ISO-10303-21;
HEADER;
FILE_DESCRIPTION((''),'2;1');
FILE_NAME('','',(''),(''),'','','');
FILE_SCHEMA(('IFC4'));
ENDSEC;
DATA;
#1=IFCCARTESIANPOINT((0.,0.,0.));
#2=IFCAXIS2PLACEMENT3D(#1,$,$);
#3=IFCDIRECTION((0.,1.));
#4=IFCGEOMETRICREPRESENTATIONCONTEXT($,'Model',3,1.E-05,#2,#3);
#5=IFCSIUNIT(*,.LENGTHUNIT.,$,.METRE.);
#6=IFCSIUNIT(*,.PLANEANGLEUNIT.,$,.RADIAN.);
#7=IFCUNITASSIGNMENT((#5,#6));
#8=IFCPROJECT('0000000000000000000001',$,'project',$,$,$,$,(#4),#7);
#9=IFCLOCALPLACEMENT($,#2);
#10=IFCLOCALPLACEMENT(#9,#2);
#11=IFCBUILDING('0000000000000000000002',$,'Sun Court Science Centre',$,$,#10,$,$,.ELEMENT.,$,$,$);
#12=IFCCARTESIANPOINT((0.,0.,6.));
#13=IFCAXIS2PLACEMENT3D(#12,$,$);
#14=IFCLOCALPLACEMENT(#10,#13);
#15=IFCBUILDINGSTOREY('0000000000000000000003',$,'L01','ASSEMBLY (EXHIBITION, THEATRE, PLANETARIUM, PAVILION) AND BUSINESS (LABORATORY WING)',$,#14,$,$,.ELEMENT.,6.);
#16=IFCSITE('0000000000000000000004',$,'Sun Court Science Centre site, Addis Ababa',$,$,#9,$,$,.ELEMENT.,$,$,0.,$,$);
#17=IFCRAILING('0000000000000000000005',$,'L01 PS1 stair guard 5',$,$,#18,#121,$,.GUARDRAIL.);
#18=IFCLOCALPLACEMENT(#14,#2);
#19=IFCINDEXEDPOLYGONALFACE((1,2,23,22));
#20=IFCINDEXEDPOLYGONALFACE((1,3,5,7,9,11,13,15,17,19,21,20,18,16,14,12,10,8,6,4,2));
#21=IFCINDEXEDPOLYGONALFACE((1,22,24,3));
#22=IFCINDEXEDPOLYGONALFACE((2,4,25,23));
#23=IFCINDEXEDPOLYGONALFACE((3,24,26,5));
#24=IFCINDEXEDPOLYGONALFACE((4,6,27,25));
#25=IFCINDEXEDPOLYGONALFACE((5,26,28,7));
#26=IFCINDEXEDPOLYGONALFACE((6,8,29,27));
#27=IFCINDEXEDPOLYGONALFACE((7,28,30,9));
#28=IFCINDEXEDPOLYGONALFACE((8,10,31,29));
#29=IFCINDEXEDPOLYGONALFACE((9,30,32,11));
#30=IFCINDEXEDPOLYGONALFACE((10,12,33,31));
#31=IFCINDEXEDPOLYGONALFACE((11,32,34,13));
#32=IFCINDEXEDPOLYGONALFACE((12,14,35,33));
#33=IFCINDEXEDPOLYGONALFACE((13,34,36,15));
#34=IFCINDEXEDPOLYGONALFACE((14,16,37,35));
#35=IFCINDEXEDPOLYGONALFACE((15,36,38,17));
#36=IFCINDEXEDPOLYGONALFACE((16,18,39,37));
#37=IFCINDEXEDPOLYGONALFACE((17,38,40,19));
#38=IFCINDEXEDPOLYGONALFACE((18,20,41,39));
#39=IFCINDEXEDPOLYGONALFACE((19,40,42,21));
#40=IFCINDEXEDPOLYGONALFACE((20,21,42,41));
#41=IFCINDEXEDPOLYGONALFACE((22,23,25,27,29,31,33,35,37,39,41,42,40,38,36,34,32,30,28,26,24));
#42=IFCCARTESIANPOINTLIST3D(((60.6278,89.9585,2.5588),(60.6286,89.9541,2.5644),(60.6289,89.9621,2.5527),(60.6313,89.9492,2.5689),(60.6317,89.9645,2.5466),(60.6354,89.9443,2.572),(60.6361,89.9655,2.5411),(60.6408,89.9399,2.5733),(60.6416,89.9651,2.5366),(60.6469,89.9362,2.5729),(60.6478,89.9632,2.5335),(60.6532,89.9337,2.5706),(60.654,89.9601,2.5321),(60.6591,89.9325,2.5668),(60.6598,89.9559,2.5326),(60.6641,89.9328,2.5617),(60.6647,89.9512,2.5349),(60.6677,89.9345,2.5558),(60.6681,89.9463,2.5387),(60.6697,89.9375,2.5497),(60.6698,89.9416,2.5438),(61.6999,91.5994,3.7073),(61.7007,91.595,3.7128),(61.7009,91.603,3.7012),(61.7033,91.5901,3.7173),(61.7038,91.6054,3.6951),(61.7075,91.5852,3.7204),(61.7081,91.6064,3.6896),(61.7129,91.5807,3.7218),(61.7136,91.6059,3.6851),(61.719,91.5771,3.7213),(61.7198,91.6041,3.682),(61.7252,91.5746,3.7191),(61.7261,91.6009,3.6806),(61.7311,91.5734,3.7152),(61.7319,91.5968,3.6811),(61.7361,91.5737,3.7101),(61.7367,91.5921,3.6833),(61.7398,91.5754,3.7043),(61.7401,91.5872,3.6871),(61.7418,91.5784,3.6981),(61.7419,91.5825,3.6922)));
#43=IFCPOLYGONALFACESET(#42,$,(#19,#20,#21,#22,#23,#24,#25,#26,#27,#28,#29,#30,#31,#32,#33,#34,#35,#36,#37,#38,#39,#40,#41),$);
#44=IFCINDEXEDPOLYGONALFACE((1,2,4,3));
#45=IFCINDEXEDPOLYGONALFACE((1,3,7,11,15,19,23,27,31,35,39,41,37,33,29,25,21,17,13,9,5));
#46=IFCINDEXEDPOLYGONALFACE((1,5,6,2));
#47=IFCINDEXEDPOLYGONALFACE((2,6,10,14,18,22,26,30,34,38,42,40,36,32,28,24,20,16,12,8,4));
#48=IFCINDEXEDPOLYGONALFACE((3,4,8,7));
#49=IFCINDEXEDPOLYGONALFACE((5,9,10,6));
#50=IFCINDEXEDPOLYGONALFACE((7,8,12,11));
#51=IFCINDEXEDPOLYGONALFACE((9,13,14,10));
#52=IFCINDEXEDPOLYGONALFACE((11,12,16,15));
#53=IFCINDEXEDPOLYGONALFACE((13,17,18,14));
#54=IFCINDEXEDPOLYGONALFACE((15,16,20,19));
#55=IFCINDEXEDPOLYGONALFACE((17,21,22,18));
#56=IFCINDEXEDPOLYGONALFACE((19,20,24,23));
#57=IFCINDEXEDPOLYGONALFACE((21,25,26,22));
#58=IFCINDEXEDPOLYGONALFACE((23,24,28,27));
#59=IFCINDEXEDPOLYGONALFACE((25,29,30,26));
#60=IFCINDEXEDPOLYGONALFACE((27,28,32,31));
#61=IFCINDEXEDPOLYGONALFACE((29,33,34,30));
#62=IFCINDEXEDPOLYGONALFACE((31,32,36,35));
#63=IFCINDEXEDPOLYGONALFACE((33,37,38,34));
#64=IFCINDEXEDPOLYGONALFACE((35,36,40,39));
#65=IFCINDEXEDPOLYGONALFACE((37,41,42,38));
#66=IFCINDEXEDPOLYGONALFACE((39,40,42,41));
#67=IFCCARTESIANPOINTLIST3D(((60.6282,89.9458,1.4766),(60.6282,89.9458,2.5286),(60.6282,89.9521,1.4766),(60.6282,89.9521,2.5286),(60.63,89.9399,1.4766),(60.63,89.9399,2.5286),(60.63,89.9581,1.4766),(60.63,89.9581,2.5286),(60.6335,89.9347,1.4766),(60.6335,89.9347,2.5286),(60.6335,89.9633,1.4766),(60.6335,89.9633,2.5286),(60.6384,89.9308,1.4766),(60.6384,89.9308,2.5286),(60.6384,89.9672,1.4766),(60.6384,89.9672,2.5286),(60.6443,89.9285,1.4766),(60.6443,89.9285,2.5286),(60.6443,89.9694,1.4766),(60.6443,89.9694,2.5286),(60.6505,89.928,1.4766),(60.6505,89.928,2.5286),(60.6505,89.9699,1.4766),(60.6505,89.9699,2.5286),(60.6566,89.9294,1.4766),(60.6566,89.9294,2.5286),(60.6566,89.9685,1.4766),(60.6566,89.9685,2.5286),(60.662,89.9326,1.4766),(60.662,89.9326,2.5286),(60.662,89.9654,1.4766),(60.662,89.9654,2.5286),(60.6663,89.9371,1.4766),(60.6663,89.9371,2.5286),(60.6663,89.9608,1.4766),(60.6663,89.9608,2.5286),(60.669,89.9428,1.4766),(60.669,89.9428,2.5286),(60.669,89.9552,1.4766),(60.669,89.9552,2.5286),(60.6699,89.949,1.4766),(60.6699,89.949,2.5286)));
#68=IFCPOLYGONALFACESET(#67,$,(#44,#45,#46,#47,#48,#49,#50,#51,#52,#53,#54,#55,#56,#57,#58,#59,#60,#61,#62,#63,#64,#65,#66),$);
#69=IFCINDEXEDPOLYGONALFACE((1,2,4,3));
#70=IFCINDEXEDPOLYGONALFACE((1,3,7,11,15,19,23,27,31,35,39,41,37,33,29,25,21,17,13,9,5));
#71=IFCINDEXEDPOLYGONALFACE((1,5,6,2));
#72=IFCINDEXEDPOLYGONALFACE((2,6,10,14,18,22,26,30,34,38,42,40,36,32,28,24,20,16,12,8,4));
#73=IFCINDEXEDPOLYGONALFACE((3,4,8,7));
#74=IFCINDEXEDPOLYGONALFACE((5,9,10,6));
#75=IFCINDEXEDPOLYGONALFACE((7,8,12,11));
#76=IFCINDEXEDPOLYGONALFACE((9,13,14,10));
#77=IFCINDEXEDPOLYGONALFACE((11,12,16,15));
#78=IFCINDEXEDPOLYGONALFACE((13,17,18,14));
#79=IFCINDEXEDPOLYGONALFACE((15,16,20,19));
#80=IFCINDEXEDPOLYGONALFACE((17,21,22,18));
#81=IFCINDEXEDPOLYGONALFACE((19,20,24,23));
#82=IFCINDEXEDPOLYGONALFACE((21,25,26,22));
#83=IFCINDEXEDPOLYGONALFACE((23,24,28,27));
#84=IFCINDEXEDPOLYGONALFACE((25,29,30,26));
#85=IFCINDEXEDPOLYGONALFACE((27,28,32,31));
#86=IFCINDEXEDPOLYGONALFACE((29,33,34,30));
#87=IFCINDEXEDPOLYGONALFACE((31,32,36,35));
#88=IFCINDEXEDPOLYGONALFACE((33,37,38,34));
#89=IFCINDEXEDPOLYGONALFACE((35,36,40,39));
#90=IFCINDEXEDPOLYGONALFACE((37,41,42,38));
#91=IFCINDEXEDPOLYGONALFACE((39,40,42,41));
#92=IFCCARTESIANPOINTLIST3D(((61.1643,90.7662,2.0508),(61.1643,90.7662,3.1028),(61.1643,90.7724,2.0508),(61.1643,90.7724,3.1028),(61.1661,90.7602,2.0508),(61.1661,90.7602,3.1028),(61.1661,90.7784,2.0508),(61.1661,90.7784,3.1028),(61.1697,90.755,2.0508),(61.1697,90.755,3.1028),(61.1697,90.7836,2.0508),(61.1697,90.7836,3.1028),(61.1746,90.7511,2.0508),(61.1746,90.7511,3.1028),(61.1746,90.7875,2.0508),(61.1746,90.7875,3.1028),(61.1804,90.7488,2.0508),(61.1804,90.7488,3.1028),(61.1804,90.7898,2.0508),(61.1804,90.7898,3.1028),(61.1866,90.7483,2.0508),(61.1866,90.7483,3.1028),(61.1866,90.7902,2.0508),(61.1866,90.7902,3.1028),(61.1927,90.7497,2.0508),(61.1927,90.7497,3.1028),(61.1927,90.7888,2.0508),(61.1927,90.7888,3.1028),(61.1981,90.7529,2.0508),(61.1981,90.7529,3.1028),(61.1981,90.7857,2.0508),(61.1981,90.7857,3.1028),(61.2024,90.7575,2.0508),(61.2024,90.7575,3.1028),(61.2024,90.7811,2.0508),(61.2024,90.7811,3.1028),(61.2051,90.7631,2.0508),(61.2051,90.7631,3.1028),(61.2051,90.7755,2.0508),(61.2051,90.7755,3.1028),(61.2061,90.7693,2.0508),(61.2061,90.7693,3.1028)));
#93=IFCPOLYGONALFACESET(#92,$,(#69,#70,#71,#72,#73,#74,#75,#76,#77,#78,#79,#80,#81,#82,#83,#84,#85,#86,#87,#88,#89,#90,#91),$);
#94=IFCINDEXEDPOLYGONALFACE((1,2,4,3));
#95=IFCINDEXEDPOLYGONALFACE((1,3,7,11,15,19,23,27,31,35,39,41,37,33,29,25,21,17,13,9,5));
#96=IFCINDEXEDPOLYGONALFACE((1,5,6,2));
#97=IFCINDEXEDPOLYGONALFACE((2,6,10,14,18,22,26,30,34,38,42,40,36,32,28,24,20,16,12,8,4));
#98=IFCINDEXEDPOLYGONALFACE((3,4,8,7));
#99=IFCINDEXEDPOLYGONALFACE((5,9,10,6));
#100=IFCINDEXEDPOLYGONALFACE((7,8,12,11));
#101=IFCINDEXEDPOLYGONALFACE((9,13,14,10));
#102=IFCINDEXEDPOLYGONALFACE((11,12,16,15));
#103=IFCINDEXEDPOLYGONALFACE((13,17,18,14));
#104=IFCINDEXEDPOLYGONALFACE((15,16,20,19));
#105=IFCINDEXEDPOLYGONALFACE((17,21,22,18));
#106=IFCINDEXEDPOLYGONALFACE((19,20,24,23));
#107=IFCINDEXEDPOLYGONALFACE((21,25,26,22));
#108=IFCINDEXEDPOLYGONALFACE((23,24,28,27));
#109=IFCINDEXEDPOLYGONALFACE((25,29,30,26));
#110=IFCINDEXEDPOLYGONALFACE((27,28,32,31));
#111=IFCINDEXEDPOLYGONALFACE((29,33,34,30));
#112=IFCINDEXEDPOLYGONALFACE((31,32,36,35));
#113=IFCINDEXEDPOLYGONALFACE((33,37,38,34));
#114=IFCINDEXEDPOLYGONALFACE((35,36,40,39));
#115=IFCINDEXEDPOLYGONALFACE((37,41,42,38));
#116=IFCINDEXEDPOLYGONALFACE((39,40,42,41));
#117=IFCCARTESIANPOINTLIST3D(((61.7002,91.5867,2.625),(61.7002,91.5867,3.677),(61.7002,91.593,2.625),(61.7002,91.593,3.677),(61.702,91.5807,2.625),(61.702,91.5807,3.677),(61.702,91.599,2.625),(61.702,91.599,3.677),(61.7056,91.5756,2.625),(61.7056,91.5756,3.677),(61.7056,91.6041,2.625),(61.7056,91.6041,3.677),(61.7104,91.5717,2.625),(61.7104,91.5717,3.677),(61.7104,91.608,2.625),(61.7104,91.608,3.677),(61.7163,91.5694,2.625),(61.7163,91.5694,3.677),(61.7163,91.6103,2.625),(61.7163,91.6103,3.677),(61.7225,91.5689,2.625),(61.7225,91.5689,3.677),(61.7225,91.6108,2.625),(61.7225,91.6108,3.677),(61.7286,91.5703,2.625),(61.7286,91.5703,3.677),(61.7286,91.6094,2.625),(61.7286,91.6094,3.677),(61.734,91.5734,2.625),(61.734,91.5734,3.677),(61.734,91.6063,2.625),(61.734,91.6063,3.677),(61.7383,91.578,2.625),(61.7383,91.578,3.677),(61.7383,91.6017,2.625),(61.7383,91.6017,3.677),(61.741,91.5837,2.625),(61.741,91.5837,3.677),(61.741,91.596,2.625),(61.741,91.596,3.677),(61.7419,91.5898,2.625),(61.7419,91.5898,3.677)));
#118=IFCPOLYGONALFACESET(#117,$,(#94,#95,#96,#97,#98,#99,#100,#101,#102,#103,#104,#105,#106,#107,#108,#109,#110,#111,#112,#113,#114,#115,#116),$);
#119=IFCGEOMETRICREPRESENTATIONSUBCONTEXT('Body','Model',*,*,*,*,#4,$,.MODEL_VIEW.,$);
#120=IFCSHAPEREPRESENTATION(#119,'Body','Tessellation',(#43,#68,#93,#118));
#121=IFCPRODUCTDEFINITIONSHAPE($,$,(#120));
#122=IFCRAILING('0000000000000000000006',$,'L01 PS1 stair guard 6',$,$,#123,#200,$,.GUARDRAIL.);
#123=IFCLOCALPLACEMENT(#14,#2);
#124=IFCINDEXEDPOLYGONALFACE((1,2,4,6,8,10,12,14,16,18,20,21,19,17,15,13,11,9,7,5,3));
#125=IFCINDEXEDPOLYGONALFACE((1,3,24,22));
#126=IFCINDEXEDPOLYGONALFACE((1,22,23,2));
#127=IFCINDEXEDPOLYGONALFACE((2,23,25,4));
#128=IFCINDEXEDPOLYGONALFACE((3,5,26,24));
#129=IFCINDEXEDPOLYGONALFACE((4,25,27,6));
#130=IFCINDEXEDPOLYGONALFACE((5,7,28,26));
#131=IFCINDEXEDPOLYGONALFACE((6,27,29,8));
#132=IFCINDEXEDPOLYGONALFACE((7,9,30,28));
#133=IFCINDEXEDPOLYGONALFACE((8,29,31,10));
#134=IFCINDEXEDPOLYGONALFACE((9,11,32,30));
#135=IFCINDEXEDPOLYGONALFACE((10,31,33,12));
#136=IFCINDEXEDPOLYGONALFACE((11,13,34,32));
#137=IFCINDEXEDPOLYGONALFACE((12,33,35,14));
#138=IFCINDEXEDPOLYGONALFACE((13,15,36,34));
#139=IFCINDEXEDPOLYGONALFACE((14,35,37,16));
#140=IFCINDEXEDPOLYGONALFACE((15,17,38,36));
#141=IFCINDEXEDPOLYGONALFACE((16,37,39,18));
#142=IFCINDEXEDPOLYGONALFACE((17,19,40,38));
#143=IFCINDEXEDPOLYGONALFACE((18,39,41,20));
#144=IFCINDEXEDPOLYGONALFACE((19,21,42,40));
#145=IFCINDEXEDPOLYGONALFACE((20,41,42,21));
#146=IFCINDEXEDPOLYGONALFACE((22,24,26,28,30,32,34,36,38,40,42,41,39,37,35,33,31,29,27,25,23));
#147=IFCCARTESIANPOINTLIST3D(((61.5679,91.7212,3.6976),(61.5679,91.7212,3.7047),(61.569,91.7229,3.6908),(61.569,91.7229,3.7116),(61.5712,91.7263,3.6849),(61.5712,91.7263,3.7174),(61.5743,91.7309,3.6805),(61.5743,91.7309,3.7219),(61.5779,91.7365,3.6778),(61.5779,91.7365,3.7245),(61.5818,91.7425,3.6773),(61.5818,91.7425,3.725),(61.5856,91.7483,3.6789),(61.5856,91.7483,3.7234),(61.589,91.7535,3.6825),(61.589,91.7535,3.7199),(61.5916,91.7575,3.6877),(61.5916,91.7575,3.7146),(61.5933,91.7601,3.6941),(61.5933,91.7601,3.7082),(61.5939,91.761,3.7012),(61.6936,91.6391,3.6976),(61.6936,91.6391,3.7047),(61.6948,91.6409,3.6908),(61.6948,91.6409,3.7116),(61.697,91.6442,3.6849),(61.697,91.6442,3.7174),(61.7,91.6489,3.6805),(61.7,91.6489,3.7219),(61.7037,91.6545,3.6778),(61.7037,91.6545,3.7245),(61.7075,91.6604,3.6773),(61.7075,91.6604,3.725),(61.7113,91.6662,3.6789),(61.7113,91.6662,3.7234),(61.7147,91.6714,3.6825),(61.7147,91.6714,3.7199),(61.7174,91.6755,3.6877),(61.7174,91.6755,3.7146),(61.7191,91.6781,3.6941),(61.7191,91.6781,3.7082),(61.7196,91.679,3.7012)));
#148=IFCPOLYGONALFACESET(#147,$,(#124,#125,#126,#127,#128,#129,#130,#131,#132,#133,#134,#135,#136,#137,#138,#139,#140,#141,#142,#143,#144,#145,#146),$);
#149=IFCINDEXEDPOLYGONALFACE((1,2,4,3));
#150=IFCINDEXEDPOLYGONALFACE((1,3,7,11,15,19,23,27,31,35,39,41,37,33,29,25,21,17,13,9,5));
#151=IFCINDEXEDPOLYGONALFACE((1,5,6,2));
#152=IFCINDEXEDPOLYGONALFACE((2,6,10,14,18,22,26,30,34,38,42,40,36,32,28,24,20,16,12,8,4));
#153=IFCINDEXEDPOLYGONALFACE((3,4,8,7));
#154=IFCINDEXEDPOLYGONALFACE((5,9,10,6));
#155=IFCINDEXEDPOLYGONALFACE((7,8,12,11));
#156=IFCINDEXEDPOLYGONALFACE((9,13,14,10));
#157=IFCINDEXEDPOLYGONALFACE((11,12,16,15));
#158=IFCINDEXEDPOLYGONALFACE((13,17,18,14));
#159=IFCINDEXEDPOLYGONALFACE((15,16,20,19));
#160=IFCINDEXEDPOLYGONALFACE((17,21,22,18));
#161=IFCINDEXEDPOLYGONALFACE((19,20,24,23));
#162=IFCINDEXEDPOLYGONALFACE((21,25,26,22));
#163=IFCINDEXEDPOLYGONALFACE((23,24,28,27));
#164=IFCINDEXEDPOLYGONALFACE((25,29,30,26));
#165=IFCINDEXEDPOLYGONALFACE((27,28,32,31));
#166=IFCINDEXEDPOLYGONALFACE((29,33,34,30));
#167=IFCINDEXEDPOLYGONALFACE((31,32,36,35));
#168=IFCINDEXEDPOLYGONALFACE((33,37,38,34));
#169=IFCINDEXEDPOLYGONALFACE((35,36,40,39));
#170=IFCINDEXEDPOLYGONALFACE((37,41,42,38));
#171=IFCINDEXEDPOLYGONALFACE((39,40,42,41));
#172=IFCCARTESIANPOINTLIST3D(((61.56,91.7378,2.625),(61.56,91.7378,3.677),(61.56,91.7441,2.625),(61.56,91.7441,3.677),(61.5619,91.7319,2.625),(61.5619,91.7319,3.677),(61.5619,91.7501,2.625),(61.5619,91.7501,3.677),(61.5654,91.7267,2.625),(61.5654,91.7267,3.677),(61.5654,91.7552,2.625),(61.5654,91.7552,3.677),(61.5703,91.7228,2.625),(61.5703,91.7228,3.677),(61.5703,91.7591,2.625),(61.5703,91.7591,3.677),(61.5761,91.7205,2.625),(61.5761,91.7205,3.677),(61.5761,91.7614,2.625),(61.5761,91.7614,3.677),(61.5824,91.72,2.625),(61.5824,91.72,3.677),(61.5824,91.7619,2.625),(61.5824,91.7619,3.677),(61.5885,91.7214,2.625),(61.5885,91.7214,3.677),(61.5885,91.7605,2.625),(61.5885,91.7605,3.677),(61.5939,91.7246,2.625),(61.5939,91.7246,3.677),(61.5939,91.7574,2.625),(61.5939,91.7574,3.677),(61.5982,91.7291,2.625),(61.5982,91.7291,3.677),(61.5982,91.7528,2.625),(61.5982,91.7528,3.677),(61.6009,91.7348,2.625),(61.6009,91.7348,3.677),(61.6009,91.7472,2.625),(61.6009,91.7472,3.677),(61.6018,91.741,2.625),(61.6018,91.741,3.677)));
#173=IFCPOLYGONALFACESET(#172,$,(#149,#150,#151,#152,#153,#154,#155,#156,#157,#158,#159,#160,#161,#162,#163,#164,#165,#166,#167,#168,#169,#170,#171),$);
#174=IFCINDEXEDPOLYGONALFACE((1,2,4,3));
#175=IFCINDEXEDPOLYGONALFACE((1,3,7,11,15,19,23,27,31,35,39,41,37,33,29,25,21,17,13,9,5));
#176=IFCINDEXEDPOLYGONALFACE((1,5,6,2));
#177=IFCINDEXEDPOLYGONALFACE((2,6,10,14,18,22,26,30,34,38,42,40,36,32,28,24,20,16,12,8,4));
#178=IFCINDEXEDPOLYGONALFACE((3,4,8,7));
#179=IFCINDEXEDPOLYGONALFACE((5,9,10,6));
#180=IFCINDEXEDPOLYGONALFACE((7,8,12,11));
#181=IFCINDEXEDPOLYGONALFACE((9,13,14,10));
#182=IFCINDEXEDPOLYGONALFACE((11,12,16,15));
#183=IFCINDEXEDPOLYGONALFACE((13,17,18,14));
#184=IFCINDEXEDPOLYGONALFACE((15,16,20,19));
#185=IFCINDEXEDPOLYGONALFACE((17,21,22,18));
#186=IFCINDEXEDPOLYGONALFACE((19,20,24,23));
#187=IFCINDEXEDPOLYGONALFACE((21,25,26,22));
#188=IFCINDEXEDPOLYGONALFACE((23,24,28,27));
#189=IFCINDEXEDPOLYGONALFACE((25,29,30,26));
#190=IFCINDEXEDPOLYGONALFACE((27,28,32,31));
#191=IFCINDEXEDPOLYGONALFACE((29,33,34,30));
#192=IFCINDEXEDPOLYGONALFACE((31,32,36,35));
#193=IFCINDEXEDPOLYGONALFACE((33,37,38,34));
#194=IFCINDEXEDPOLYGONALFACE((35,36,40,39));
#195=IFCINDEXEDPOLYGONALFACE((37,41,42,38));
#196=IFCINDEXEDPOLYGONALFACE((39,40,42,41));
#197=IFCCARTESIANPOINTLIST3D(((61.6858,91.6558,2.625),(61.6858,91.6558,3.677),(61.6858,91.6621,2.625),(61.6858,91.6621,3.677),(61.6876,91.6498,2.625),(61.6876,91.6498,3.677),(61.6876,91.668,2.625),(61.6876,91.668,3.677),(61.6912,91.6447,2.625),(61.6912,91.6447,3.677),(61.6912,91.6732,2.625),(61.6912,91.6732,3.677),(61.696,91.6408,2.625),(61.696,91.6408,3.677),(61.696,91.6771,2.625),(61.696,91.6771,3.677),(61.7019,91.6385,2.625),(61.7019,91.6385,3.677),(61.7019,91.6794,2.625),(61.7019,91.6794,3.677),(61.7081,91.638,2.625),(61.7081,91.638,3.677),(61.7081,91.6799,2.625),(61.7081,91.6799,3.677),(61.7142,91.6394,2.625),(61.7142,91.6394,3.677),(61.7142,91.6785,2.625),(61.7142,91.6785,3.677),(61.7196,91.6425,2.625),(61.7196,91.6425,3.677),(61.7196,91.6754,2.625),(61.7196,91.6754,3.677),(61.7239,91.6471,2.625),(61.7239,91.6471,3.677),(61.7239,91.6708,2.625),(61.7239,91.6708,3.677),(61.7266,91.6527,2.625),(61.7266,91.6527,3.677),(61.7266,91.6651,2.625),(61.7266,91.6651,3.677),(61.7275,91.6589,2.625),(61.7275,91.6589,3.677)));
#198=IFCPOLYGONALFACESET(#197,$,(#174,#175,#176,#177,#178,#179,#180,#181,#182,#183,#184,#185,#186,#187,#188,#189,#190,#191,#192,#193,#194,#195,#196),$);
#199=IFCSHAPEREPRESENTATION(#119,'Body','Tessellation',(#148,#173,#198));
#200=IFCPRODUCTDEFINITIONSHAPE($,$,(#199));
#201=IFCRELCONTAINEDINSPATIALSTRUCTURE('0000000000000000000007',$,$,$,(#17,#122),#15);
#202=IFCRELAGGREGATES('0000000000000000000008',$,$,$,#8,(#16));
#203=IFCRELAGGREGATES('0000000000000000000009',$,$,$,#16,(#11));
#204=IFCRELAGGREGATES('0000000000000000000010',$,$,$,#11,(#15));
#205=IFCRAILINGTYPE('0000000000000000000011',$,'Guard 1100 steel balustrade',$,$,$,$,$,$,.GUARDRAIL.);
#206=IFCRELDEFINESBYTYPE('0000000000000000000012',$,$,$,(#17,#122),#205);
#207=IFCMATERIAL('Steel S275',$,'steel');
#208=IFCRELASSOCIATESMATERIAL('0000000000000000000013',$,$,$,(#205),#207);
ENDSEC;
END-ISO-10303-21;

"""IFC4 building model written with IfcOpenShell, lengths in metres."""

from ifc_helpers import new_model, si_unit, direction, frame, origin, origin_2d, place, context, subcontext, project, spatial, circle, extrude, material, type_object, element, save


model = new_model("IFC4")

# Units and contexts
model_context = context("Model", 3, precision=1e-05, world=origin(), true_north=direction((0.0, 1.0)))
body_context = subcontext(model_context, "Body", "Model", "MODEL_VIEW")
ifc_project = project(units=[si_unit("LENGTHUNIT", "METRE"), si_unit("PLANEANGLEUNIT", "RADIAN")], contexts=[model_context])

# Site, building, storey
site_placement = place(None, origin())
site = spatial("IfcSite", under=ifc_project, at=site_placement, Name="Sun Court Science Centre site, Addis Ababa", CompositionType="ELEMENT", RefElevation=0.0)
building_placement = place(site_placement, origin())
building = spatial("IfcBuilding", under=site, at=building_placement, Name="Sun Court Science Centre", CompositionType="ELEMENT")
storey_placement = place(building_placement, frame((0.0, 0.0, 6.0)))
storey = spatial("IfcBuildingStorey", under=building, at=storey_placement, Name="L01", Description="ASSEMBLY (EXHIBITION, THEATRE, PLANETARIUM, PAVILION) AND BUSINESS (LABORATORY WING)", CompositionType="ELEMENT", Elevation=6.0)

# Railings
ifc_material_1 = material(Name="Steel S275", Category="steel")
railing_type_1 = type_object("IfcRailingType", Name="Guard 1100 steel balustrade", PredefinedType="GUARDRAIL", material=ifc_material_1)
railing_1_placement = place(storey_placement, frame((60.6489, 89.949, 1.4766)))
element("IfcRailing", 1, at=railing_1_placement, inside=storey, type_object=railing_type_1, Name="L01 PS1 stair guard 5", PredefinedType="GUARDRAIL", context=body_context, shape_type="SweptSolid", body=[
    extrude(circle(Radius=0.0239, at=origin_2d()), frame((0.0, 0.0, 1.0762), z_axis=(0.471904, 0.722311, 0.505543), x_axis=(-0.837169, 0.546944, 0.0)), (0.0, 0.0, 1.0), 2.2717),
    extrude(circle(Radius=0.021, at=origin_2d()), origin(), (0.0, 0.0, 1.0), 1.052),
    extrude(circle(Radius=0.021, at=origin_2d()), frame((0.5361, 0.8203, 0.5742)), (0.0, 0.0, 1.0), 1.052),
    extrude(circle(Radius=0.021, at=origin_2d()), frame((1.072, 1.6409, 1.1484)), (0.0, 0.0, 1.0), 1.052),
])
railing_2_placement = place(storey_placement, frame((61.5808, 91.741, 2.625)))
element("IfcRailing", 2, at=railing_2_placement, inside=storey, type_object=railing_type_1, Name="L01 PS1 stair guard 6", PredefinedType="GUARDRAIL", context=body_context, shape_type="SweptSolid", body=[
    extrude(circle(Radius=0.0239, at=origin_2d()), frame((0.0, 0.0, 1.0762), z_axis=(0.837514, -0.546417, 0.0), x_axis=(0.546417, 0.837514, 0.0)), (0.0, 0.0, 1.0), 0.1501),
    extrude(circle(Radius=0.021, at=origin_2d()), origin(), (0.0, 0.0, 1.0), 1.052),
    extrude(circle(Radius=0.021, at=origin_2d()), frame((0.1257, -0.082, 0.0)), (0.0, 0.0, 1.0), 1.052),
])

save(model, "model.ifc")
